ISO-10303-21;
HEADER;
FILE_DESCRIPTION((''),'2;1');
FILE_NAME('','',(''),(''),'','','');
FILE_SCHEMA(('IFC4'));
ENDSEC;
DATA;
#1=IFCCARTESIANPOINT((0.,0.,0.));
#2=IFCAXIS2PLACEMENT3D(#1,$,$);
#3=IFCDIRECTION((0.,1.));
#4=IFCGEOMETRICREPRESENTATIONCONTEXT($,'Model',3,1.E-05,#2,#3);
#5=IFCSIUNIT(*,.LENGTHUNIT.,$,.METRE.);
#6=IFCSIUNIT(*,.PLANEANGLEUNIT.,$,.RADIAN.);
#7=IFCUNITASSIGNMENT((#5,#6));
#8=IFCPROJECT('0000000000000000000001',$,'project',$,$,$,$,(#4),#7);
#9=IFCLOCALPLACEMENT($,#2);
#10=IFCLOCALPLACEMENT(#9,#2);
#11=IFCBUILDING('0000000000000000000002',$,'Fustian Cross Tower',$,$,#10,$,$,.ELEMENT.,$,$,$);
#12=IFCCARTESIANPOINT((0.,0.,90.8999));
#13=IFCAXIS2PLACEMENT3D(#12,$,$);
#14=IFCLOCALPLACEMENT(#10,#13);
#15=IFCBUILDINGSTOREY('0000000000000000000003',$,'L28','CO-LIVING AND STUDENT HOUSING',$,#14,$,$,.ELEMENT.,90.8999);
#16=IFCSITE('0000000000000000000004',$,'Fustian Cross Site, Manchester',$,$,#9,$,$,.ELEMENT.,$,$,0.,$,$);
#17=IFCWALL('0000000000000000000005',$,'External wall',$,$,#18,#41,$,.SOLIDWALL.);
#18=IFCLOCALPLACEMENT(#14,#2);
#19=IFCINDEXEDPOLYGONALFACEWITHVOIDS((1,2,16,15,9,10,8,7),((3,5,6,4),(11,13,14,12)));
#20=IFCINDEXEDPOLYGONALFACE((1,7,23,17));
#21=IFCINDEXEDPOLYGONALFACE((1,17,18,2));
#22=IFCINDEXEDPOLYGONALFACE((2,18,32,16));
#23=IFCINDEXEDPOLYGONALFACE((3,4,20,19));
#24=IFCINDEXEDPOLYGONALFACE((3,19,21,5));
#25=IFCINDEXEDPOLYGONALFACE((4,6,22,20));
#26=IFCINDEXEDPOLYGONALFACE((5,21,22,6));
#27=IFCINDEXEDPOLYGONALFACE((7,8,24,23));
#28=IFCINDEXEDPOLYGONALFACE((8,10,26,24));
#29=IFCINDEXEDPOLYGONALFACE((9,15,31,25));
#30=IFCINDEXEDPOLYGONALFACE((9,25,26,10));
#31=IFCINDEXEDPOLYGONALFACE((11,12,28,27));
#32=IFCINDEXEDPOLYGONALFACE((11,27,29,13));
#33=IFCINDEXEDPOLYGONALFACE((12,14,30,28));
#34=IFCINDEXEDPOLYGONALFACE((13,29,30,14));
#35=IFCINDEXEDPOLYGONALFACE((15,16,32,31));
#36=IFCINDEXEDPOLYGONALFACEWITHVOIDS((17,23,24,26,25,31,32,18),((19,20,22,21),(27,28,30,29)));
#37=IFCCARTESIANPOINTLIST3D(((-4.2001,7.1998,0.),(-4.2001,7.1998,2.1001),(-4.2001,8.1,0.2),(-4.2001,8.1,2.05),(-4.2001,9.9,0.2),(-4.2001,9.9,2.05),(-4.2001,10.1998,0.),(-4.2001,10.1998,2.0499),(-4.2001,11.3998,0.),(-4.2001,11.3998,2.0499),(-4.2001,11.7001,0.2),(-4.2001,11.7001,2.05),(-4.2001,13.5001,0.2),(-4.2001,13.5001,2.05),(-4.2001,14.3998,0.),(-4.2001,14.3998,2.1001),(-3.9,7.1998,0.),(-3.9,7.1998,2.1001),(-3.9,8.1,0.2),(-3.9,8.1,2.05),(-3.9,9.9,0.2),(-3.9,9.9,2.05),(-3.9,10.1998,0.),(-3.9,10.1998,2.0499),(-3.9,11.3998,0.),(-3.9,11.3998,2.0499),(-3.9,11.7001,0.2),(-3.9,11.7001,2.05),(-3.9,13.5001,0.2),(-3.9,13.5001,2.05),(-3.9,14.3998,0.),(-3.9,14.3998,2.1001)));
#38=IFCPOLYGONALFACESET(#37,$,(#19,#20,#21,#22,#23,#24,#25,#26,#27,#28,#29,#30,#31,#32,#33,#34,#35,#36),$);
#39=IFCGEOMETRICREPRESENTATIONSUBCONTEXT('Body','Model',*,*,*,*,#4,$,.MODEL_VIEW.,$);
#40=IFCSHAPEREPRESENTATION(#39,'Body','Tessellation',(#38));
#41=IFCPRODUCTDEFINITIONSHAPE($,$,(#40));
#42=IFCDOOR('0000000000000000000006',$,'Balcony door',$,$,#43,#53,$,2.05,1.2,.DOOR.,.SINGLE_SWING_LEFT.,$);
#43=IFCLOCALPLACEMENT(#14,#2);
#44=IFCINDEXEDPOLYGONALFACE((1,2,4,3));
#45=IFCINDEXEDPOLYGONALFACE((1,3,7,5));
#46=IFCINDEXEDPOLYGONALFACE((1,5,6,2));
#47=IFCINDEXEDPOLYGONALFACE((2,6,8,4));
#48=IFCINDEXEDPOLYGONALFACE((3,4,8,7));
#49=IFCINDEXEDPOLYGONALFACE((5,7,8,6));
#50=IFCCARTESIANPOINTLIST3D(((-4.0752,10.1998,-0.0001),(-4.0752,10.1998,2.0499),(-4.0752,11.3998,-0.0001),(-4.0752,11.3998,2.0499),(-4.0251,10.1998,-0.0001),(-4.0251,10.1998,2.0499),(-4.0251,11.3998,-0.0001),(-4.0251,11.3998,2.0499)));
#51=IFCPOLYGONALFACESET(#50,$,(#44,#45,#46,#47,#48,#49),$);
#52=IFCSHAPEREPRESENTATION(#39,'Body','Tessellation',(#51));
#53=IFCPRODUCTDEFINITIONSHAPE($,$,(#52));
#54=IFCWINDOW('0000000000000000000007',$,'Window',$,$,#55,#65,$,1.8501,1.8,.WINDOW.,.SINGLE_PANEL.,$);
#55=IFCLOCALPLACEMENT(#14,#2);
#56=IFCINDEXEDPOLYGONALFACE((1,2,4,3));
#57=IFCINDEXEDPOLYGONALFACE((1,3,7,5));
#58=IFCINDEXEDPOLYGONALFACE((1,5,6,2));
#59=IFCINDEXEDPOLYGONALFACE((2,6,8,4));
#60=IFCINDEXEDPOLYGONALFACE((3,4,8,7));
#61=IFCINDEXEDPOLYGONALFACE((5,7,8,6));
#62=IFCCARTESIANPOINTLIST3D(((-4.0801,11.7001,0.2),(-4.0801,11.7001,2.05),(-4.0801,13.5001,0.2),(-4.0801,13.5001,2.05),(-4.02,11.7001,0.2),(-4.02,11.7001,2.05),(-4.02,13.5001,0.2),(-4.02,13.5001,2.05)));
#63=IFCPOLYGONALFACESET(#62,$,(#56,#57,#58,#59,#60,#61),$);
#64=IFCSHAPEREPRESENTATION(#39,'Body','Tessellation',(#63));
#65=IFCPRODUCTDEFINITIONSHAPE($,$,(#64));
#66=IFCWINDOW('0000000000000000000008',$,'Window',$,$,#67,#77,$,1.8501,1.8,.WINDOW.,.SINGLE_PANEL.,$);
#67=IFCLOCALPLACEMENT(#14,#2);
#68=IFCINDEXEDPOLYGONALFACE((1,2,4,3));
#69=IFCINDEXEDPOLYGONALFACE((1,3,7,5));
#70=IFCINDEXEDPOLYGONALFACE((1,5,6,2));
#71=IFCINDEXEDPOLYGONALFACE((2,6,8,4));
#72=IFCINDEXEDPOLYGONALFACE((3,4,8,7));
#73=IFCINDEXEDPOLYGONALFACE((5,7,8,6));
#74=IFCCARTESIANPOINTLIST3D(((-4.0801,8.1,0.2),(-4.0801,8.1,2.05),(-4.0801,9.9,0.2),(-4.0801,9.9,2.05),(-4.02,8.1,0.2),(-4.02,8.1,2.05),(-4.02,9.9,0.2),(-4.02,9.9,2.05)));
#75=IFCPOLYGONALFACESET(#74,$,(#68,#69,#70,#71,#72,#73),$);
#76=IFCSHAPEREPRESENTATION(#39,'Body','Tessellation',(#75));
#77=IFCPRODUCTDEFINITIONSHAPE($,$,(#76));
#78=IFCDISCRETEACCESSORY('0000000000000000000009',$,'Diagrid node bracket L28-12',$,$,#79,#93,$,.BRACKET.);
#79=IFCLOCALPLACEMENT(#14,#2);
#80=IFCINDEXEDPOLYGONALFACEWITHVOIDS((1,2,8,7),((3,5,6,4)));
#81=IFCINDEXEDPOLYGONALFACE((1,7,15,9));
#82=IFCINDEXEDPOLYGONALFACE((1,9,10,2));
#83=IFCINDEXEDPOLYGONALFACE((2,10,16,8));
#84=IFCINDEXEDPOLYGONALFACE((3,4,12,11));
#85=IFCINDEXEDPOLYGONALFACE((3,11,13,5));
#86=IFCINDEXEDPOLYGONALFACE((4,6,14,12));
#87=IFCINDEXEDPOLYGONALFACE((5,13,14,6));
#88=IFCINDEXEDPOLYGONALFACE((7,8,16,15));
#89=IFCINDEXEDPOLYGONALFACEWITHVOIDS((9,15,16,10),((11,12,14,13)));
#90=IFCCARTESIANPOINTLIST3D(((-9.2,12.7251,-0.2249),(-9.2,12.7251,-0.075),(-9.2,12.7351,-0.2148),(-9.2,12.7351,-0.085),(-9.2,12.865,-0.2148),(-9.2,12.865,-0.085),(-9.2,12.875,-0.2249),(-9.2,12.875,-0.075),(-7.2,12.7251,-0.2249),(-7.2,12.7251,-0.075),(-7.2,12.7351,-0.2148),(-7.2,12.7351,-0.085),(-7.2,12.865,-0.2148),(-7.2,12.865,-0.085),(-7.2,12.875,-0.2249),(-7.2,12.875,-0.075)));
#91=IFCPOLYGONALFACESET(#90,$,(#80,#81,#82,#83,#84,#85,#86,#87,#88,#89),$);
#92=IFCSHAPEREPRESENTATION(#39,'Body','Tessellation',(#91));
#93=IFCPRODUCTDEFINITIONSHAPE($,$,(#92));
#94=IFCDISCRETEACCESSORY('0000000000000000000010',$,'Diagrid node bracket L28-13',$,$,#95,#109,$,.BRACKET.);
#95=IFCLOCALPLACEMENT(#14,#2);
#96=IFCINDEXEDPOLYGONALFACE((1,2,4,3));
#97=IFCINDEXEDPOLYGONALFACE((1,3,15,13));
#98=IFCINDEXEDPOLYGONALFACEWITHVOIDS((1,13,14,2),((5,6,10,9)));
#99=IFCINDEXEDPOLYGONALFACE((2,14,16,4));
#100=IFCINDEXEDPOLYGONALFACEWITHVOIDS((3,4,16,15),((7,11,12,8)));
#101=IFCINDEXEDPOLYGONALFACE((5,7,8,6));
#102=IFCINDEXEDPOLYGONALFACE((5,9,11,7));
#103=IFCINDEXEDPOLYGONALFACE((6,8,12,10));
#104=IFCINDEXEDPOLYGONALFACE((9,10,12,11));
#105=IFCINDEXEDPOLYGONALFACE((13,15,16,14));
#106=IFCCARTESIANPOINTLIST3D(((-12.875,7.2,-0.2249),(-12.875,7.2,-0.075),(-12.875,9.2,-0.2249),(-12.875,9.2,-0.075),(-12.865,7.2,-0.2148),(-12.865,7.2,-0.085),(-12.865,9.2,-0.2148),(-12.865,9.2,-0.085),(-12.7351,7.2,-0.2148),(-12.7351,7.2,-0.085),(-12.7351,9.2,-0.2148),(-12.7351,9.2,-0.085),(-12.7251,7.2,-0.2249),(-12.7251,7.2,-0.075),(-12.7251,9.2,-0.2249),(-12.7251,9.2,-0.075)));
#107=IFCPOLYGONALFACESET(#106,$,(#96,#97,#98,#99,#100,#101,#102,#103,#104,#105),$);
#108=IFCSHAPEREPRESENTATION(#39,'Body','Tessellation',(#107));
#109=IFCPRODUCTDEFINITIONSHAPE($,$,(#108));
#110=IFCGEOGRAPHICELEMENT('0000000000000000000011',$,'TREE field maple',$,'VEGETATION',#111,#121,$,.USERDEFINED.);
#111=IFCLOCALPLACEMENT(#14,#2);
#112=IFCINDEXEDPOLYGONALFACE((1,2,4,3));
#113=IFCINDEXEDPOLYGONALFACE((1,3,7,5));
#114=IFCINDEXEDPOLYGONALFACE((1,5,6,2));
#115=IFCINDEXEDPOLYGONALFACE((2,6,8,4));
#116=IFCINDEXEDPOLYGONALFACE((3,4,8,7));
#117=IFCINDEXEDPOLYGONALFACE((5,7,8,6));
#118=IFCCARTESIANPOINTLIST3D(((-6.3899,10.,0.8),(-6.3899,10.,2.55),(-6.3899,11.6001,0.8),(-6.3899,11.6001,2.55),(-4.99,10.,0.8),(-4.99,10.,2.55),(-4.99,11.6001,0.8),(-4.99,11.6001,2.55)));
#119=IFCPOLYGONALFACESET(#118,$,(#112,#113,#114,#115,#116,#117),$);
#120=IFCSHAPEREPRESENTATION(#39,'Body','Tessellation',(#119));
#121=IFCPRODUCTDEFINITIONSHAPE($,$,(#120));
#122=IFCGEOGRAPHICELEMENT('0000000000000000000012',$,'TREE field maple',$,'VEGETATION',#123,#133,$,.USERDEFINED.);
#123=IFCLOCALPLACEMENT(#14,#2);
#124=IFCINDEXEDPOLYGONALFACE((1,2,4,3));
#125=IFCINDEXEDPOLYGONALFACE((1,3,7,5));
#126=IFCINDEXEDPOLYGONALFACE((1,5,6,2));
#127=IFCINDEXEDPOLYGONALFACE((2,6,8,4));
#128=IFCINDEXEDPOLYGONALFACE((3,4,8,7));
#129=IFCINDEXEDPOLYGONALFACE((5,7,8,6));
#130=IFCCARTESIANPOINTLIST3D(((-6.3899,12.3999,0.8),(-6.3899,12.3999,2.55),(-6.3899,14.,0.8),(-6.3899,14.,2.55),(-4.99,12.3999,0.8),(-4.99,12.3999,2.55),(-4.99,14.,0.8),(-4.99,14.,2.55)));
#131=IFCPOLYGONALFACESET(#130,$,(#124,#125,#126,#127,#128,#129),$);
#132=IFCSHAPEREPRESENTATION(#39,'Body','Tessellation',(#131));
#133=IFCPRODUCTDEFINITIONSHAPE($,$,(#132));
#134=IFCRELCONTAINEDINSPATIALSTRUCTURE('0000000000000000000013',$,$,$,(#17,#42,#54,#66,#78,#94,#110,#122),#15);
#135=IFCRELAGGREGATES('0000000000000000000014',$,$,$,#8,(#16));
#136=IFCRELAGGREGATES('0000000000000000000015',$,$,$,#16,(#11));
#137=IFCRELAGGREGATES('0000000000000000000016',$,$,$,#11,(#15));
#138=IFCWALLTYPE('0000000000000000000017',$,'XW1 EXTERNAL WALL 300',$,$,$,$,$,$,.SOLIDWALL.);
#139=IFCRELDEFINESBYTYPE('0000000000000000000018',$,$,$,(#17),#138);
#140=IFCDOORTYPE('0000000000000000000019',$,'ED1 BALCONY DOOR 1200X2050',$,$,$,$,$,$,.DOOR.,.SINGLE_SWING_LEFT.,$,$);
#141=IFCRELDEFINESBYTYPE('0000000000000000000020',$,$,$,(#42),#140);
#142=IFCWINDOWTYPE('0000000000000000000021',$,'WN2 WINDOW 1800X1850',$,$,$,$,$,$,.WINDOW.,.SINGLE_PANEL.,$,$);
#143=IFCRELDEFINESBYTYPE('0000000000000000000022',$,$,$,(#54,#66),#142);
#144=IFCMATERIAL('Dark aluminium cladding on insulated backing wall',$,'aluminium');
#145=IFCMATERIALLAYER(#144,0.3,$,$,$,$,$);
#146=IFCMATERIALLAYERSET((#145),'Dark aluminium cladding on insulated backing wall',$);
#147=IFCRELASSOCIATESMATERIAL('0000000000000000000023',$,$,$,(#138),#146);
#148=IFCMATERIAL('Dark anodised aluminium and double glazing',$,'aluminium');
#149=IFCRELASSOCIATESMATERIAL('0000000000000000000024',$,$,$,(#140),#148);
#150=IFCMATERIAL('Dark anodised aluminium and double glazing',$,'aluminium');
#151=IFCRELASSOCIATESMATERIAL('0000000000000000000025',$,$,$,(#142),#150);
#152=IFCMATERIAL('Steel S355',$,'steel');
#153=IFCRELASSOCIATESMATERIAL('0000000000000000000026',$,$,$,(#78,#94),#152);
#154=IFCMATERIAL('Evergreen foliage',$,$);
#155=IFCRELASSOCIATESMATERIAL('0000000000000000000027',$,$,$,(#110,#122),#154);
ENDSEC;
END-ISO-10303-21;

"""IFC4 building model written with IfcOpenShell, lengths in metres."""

from ifc_helpers import new_model, si_unit, direction, frame, frame_2d, origin, origin_2d, place, context, subcontext, project, spatial, rectangle, hollow_rectangle, extrude, material, layer, layer_set, type_object, element, fill, save


model = new_model("IFC4")

# Units and contexts
model_context = context("Model", 3, precision=1e-05, world=origin(), true_north=direction((0.0, 1.0)))
body_context = subcontext(model_context, "Body", "Model", "MODEL_VIEW")
ifc_project = project(units=[si_unit("LENGTHUNIT", "METRE"), si_unit("PLANEANGLEUNIT", "RADIAN")], contexts=[model_context])

# Site, building, storey
site_placement = place(None, origin())
site = spatial("IfcSite", under=ifc_project, at=site_placement, Name="Fustian Cross Site, Manchester", CompositionType="ELEMENT", RefElevation=0.0)
building_placement = place(site_placement, origin())
building = spatial("IfcBuilding", under=site, at=building_placement, Name="Fustian Cross Tower", CompositionType="ELEMENT")
storey_placement = place(building_placement, frame((0.0, 0.0, 90.8999)))
storey = spatial("IfcBuildingStorey", under=building, at=storey_placement, Name="L28", Description="CO-LIVING AND STUDENT HOUSING", CompositionType="ELEMENT", Elevation=90.8999)

# Shared definitions
ifc_material_1 = material(Name="Dark aluminium cladding on insulated backing wall", Category="aluminium")
ifc_layer_1 = layer(ifc_material_1, 0.3)
ifc_layer_set_1 = layer_set([ifc_layer_1], Name="Dark aluminium cladding on insulated backing wall")
wall_type_1 = type_object("IfcWallType", Name="XW1 EXTERNAL WALL 300", PredefinedType="SOLIDWALL", material=ifc_layer_set_1)

# Wall, openings, door, windows
wall_1_placement = place(storey_placement, frame((-4.05, 14.3999, 0.0), z_axis=(0.0, 0.0, 1.0), x_axis=(0.0, -1.0, 0.0)))
wall_1 = element("IfcWall", 1, at=wall_1_placement, inside=storey, type_object=wall_type_1, Name="External wall", PredefinedType="SOLIDWALL", context=body_context, shape_type="SweptSolid", body=[
    extrude(rectangle(XDim=7.2, YDim=0.3, at=frame_2d((3.6001, 0.0))), origin(), (0.0, 0.0, 1.0), 2.1001),
])
opening_1_placement = place(wall_1_placement, frame((3.0, 0.0, 0.0)))
opening_1 = element("IfcOpeningElement", 2, at=opening_1_placement, cuts=wall_1, PredefinedType="OPENING", context=body_context, shape_type="SweptSolid", body=[
    extrude(rectangle(XDim=1.2, YDim=2.05, at=frame_2d((0.6001, 1.0249))), frame((0.0, 0.1599, 0.0), z_axis=(0.0, -1.0, 0.0), x_axis=(1.0, 0.0, 0.0)), (0.0, 0.0, 1.0), 0.3201),
])
opening_2_placement = place(wall_1_placement, frame((0.8999, 0.0, 0.2)))
opening_2 = element("IfcOpeningElement", 3, at=opening_2_placement, cuts=wall_1, PredefinedType="OPENING", context=body_context, shape_type="SweptSolid", body=[
    extrude(rectangle(XDim=1.8, YDim=1.8501, at=frame_2d((0.8999, 0.925))), frame((0.0, 0.1599, 0.0), z_axis=(0.0, -1.0, 0.0), x_axis=(1.0, 0.0, 0.0)), (0.0, 0.0, 1.0), 0.3201),
])
opening_3_placement = place(wall_1_placement, frame((4.5, 0.0, 0.2)))
opening_3 = element("IfcOpeningElement", 4, at=opening_3_placement, cuts=wall_1, PredefinedType="OPENING", context=body_context, shape_type="SweptSolid", body=[
    extrude(rectangle(XDim=1.8, YDim=1.8501, at=frame_2d((0.8999, 0.925))), frame((0.0, 0.1599, 0.0), z_axis=(0.0, -1.0, 0.0), x_axis=(1.0, 0.0, 0.0)), (0.0, 0.0, 1.0), 0.3201),
])
ifc_material_2 = material(Name="Dark anodised aluminium and double glazing", Category="aluminium")
door_type = type_object("IfcDoorType", Name="ED1 BALCONY DOOR 1200X2050", OperationType="SINGLE_SWING_LEFT", PredefinedType="DOOR", material=ifc_material_2)
door_placement = place(opening_1_placement, origin())
door = element("IfcDoor", 5, at=door_placement, inside=storey, type_object=door_type, Name="Balcony door", OperationType="SINGLE_SWING_LEFT", OverallHeight=2.05, OverallWidth=1.2, PredefinedType="DOOR", context=body_context, shape_type="SweptSolid", body=[
    extrude(rectangle(XDim=1.2, YDim=2.05, at=frame_2d((0.6001, 1.0249))), frame((0.0, 0.0249, 0.0), z_axis=(0.0, -1.0, 0.0), x_axis=(1.0, 0.0, 0.0)), (0.0, 0.0, 1.0), 0.05),
])
fill(opening_1, door)
ifc_material_3 = material(Name="Dark anodised aluminium and double glazing", Category="aluminium")
window_type_1 = type_object("IfcWindowType", Name="WN2 WINDOW 1800X1850", PartitioningType="SINGLE_PANEL", PredefinedType="WINDOW", material=ifc_material_3)
window_1_placement = place(opening_2_placement, origin())
window_1 = element("IfcWindow", 6, at=window_1_placement, inside=storey, type_object=window_type_1, Name="Window", OverallHeight=1.8501, OverallWidth=1.8, PartitioningType="SINGLE_PANEL", PredefinedType="WINDOW", context=body_context, shape_type="SweptSolid", body=[
    extrude(rectangle(XDim=1.8, YDim=1.8501, at=frame_2d((0.8999, 0.925))), frame((0.0, 0.03, 0.0), z_axis=(0.0, -1.0, 0.0), x_axis=(1.0, 0.0, 0.0)), (0.0, 0.0, 1.0), 0.0601),
])
fill(opening_2, window_1)
window_2_placement = place(opening_3_placement, origin())
window_2 = element("IfcWindow", 7, at=window_2_placement, inside=storey, type_object=window_type_1, Name="Window", OverallHeight=1.8501, OverallWidth=1.8, PartitioningType="SINGLE_PANEL", PredefinedType="WINDOW", context=body_context, shape_type="SweptSolid", body=[
    extrude(rectangle(XDim=1.8, YDim=1.8501, at=frame_2d((0.8999, 0.925))), frame((0.0, 0.03, 0.0), z_axis=(0.0, -1.0, 0.0), x_axis=(1.0, 0.0, 0.0)), (0.0, 0.0, 1.0), 0.0601),
])
fill(opening_3, window_2)

# Discrete accessories
ifc_material_4 = material(Name="Steel S355", Category="steel")
for number, where, z_axis, x_axis, name in (
    (8, (-9.2, 12.8, -0.1499), (1.0, 0.0, 0.0), (0.0, 1.0, 0.0), "Diagrid node bracket L28-12"),
    (9, (-12.8, 9.2, -0.1499), (0.0, -1.0, 0.0), (1.0, 0.0, 0.0), "Diagrid node bracket L28-13"),
):
    element("IfcDiscreteAccessory", number, at=place(storey_placement, frame(where, z_axis=z_axis, x_axis=x_axis)), inside=storey, material=ifc_material_4, Name=name, PredefinedType="BRACKET", context=body_context, shape_type="SweptSolid", body=[
        extrude(hollow_rectangle(XDim=0.1499, YDim=0.1499, WallThickness=0.01, at=origin_2d()), origin(), (0.0, 0.0, 1.0), 2.0),
    ])

# Geographic elements
ifc_material_5 = material(Name="Evergreen foliage")
for number, where, z_axis, x_axis, name in (
    (10, (-5.6899, 10.8, 0.8), (0.0, 0.0, 1.0), (1.0, 0.0, 0.0), "TREE field maple"),
    (11, (-5.6899, 13.2, 0.8), (0.0, 0.0, 1.0), (1.0, 0.0, 0.0), "TREE field maple"),
):
    element("IfcGeographicElement", number, at=place(storey_placement, frame(where, z_axis=z_axis, x_axis=x_axis)), inside=storey, material=ifc_material_5, Name=name, ObjectType="VEGETATION", PredefinedType="USERDEFINED", context=body_context, shape_type="SweptSolid", body=[
        extrude(rectangle(XDim=1.3999, YDim=1.6001, at=origin_2d()), origin(), (0.0, 0.0, 1.0), 1.75),
    ])

save(model, "model.ifc")
